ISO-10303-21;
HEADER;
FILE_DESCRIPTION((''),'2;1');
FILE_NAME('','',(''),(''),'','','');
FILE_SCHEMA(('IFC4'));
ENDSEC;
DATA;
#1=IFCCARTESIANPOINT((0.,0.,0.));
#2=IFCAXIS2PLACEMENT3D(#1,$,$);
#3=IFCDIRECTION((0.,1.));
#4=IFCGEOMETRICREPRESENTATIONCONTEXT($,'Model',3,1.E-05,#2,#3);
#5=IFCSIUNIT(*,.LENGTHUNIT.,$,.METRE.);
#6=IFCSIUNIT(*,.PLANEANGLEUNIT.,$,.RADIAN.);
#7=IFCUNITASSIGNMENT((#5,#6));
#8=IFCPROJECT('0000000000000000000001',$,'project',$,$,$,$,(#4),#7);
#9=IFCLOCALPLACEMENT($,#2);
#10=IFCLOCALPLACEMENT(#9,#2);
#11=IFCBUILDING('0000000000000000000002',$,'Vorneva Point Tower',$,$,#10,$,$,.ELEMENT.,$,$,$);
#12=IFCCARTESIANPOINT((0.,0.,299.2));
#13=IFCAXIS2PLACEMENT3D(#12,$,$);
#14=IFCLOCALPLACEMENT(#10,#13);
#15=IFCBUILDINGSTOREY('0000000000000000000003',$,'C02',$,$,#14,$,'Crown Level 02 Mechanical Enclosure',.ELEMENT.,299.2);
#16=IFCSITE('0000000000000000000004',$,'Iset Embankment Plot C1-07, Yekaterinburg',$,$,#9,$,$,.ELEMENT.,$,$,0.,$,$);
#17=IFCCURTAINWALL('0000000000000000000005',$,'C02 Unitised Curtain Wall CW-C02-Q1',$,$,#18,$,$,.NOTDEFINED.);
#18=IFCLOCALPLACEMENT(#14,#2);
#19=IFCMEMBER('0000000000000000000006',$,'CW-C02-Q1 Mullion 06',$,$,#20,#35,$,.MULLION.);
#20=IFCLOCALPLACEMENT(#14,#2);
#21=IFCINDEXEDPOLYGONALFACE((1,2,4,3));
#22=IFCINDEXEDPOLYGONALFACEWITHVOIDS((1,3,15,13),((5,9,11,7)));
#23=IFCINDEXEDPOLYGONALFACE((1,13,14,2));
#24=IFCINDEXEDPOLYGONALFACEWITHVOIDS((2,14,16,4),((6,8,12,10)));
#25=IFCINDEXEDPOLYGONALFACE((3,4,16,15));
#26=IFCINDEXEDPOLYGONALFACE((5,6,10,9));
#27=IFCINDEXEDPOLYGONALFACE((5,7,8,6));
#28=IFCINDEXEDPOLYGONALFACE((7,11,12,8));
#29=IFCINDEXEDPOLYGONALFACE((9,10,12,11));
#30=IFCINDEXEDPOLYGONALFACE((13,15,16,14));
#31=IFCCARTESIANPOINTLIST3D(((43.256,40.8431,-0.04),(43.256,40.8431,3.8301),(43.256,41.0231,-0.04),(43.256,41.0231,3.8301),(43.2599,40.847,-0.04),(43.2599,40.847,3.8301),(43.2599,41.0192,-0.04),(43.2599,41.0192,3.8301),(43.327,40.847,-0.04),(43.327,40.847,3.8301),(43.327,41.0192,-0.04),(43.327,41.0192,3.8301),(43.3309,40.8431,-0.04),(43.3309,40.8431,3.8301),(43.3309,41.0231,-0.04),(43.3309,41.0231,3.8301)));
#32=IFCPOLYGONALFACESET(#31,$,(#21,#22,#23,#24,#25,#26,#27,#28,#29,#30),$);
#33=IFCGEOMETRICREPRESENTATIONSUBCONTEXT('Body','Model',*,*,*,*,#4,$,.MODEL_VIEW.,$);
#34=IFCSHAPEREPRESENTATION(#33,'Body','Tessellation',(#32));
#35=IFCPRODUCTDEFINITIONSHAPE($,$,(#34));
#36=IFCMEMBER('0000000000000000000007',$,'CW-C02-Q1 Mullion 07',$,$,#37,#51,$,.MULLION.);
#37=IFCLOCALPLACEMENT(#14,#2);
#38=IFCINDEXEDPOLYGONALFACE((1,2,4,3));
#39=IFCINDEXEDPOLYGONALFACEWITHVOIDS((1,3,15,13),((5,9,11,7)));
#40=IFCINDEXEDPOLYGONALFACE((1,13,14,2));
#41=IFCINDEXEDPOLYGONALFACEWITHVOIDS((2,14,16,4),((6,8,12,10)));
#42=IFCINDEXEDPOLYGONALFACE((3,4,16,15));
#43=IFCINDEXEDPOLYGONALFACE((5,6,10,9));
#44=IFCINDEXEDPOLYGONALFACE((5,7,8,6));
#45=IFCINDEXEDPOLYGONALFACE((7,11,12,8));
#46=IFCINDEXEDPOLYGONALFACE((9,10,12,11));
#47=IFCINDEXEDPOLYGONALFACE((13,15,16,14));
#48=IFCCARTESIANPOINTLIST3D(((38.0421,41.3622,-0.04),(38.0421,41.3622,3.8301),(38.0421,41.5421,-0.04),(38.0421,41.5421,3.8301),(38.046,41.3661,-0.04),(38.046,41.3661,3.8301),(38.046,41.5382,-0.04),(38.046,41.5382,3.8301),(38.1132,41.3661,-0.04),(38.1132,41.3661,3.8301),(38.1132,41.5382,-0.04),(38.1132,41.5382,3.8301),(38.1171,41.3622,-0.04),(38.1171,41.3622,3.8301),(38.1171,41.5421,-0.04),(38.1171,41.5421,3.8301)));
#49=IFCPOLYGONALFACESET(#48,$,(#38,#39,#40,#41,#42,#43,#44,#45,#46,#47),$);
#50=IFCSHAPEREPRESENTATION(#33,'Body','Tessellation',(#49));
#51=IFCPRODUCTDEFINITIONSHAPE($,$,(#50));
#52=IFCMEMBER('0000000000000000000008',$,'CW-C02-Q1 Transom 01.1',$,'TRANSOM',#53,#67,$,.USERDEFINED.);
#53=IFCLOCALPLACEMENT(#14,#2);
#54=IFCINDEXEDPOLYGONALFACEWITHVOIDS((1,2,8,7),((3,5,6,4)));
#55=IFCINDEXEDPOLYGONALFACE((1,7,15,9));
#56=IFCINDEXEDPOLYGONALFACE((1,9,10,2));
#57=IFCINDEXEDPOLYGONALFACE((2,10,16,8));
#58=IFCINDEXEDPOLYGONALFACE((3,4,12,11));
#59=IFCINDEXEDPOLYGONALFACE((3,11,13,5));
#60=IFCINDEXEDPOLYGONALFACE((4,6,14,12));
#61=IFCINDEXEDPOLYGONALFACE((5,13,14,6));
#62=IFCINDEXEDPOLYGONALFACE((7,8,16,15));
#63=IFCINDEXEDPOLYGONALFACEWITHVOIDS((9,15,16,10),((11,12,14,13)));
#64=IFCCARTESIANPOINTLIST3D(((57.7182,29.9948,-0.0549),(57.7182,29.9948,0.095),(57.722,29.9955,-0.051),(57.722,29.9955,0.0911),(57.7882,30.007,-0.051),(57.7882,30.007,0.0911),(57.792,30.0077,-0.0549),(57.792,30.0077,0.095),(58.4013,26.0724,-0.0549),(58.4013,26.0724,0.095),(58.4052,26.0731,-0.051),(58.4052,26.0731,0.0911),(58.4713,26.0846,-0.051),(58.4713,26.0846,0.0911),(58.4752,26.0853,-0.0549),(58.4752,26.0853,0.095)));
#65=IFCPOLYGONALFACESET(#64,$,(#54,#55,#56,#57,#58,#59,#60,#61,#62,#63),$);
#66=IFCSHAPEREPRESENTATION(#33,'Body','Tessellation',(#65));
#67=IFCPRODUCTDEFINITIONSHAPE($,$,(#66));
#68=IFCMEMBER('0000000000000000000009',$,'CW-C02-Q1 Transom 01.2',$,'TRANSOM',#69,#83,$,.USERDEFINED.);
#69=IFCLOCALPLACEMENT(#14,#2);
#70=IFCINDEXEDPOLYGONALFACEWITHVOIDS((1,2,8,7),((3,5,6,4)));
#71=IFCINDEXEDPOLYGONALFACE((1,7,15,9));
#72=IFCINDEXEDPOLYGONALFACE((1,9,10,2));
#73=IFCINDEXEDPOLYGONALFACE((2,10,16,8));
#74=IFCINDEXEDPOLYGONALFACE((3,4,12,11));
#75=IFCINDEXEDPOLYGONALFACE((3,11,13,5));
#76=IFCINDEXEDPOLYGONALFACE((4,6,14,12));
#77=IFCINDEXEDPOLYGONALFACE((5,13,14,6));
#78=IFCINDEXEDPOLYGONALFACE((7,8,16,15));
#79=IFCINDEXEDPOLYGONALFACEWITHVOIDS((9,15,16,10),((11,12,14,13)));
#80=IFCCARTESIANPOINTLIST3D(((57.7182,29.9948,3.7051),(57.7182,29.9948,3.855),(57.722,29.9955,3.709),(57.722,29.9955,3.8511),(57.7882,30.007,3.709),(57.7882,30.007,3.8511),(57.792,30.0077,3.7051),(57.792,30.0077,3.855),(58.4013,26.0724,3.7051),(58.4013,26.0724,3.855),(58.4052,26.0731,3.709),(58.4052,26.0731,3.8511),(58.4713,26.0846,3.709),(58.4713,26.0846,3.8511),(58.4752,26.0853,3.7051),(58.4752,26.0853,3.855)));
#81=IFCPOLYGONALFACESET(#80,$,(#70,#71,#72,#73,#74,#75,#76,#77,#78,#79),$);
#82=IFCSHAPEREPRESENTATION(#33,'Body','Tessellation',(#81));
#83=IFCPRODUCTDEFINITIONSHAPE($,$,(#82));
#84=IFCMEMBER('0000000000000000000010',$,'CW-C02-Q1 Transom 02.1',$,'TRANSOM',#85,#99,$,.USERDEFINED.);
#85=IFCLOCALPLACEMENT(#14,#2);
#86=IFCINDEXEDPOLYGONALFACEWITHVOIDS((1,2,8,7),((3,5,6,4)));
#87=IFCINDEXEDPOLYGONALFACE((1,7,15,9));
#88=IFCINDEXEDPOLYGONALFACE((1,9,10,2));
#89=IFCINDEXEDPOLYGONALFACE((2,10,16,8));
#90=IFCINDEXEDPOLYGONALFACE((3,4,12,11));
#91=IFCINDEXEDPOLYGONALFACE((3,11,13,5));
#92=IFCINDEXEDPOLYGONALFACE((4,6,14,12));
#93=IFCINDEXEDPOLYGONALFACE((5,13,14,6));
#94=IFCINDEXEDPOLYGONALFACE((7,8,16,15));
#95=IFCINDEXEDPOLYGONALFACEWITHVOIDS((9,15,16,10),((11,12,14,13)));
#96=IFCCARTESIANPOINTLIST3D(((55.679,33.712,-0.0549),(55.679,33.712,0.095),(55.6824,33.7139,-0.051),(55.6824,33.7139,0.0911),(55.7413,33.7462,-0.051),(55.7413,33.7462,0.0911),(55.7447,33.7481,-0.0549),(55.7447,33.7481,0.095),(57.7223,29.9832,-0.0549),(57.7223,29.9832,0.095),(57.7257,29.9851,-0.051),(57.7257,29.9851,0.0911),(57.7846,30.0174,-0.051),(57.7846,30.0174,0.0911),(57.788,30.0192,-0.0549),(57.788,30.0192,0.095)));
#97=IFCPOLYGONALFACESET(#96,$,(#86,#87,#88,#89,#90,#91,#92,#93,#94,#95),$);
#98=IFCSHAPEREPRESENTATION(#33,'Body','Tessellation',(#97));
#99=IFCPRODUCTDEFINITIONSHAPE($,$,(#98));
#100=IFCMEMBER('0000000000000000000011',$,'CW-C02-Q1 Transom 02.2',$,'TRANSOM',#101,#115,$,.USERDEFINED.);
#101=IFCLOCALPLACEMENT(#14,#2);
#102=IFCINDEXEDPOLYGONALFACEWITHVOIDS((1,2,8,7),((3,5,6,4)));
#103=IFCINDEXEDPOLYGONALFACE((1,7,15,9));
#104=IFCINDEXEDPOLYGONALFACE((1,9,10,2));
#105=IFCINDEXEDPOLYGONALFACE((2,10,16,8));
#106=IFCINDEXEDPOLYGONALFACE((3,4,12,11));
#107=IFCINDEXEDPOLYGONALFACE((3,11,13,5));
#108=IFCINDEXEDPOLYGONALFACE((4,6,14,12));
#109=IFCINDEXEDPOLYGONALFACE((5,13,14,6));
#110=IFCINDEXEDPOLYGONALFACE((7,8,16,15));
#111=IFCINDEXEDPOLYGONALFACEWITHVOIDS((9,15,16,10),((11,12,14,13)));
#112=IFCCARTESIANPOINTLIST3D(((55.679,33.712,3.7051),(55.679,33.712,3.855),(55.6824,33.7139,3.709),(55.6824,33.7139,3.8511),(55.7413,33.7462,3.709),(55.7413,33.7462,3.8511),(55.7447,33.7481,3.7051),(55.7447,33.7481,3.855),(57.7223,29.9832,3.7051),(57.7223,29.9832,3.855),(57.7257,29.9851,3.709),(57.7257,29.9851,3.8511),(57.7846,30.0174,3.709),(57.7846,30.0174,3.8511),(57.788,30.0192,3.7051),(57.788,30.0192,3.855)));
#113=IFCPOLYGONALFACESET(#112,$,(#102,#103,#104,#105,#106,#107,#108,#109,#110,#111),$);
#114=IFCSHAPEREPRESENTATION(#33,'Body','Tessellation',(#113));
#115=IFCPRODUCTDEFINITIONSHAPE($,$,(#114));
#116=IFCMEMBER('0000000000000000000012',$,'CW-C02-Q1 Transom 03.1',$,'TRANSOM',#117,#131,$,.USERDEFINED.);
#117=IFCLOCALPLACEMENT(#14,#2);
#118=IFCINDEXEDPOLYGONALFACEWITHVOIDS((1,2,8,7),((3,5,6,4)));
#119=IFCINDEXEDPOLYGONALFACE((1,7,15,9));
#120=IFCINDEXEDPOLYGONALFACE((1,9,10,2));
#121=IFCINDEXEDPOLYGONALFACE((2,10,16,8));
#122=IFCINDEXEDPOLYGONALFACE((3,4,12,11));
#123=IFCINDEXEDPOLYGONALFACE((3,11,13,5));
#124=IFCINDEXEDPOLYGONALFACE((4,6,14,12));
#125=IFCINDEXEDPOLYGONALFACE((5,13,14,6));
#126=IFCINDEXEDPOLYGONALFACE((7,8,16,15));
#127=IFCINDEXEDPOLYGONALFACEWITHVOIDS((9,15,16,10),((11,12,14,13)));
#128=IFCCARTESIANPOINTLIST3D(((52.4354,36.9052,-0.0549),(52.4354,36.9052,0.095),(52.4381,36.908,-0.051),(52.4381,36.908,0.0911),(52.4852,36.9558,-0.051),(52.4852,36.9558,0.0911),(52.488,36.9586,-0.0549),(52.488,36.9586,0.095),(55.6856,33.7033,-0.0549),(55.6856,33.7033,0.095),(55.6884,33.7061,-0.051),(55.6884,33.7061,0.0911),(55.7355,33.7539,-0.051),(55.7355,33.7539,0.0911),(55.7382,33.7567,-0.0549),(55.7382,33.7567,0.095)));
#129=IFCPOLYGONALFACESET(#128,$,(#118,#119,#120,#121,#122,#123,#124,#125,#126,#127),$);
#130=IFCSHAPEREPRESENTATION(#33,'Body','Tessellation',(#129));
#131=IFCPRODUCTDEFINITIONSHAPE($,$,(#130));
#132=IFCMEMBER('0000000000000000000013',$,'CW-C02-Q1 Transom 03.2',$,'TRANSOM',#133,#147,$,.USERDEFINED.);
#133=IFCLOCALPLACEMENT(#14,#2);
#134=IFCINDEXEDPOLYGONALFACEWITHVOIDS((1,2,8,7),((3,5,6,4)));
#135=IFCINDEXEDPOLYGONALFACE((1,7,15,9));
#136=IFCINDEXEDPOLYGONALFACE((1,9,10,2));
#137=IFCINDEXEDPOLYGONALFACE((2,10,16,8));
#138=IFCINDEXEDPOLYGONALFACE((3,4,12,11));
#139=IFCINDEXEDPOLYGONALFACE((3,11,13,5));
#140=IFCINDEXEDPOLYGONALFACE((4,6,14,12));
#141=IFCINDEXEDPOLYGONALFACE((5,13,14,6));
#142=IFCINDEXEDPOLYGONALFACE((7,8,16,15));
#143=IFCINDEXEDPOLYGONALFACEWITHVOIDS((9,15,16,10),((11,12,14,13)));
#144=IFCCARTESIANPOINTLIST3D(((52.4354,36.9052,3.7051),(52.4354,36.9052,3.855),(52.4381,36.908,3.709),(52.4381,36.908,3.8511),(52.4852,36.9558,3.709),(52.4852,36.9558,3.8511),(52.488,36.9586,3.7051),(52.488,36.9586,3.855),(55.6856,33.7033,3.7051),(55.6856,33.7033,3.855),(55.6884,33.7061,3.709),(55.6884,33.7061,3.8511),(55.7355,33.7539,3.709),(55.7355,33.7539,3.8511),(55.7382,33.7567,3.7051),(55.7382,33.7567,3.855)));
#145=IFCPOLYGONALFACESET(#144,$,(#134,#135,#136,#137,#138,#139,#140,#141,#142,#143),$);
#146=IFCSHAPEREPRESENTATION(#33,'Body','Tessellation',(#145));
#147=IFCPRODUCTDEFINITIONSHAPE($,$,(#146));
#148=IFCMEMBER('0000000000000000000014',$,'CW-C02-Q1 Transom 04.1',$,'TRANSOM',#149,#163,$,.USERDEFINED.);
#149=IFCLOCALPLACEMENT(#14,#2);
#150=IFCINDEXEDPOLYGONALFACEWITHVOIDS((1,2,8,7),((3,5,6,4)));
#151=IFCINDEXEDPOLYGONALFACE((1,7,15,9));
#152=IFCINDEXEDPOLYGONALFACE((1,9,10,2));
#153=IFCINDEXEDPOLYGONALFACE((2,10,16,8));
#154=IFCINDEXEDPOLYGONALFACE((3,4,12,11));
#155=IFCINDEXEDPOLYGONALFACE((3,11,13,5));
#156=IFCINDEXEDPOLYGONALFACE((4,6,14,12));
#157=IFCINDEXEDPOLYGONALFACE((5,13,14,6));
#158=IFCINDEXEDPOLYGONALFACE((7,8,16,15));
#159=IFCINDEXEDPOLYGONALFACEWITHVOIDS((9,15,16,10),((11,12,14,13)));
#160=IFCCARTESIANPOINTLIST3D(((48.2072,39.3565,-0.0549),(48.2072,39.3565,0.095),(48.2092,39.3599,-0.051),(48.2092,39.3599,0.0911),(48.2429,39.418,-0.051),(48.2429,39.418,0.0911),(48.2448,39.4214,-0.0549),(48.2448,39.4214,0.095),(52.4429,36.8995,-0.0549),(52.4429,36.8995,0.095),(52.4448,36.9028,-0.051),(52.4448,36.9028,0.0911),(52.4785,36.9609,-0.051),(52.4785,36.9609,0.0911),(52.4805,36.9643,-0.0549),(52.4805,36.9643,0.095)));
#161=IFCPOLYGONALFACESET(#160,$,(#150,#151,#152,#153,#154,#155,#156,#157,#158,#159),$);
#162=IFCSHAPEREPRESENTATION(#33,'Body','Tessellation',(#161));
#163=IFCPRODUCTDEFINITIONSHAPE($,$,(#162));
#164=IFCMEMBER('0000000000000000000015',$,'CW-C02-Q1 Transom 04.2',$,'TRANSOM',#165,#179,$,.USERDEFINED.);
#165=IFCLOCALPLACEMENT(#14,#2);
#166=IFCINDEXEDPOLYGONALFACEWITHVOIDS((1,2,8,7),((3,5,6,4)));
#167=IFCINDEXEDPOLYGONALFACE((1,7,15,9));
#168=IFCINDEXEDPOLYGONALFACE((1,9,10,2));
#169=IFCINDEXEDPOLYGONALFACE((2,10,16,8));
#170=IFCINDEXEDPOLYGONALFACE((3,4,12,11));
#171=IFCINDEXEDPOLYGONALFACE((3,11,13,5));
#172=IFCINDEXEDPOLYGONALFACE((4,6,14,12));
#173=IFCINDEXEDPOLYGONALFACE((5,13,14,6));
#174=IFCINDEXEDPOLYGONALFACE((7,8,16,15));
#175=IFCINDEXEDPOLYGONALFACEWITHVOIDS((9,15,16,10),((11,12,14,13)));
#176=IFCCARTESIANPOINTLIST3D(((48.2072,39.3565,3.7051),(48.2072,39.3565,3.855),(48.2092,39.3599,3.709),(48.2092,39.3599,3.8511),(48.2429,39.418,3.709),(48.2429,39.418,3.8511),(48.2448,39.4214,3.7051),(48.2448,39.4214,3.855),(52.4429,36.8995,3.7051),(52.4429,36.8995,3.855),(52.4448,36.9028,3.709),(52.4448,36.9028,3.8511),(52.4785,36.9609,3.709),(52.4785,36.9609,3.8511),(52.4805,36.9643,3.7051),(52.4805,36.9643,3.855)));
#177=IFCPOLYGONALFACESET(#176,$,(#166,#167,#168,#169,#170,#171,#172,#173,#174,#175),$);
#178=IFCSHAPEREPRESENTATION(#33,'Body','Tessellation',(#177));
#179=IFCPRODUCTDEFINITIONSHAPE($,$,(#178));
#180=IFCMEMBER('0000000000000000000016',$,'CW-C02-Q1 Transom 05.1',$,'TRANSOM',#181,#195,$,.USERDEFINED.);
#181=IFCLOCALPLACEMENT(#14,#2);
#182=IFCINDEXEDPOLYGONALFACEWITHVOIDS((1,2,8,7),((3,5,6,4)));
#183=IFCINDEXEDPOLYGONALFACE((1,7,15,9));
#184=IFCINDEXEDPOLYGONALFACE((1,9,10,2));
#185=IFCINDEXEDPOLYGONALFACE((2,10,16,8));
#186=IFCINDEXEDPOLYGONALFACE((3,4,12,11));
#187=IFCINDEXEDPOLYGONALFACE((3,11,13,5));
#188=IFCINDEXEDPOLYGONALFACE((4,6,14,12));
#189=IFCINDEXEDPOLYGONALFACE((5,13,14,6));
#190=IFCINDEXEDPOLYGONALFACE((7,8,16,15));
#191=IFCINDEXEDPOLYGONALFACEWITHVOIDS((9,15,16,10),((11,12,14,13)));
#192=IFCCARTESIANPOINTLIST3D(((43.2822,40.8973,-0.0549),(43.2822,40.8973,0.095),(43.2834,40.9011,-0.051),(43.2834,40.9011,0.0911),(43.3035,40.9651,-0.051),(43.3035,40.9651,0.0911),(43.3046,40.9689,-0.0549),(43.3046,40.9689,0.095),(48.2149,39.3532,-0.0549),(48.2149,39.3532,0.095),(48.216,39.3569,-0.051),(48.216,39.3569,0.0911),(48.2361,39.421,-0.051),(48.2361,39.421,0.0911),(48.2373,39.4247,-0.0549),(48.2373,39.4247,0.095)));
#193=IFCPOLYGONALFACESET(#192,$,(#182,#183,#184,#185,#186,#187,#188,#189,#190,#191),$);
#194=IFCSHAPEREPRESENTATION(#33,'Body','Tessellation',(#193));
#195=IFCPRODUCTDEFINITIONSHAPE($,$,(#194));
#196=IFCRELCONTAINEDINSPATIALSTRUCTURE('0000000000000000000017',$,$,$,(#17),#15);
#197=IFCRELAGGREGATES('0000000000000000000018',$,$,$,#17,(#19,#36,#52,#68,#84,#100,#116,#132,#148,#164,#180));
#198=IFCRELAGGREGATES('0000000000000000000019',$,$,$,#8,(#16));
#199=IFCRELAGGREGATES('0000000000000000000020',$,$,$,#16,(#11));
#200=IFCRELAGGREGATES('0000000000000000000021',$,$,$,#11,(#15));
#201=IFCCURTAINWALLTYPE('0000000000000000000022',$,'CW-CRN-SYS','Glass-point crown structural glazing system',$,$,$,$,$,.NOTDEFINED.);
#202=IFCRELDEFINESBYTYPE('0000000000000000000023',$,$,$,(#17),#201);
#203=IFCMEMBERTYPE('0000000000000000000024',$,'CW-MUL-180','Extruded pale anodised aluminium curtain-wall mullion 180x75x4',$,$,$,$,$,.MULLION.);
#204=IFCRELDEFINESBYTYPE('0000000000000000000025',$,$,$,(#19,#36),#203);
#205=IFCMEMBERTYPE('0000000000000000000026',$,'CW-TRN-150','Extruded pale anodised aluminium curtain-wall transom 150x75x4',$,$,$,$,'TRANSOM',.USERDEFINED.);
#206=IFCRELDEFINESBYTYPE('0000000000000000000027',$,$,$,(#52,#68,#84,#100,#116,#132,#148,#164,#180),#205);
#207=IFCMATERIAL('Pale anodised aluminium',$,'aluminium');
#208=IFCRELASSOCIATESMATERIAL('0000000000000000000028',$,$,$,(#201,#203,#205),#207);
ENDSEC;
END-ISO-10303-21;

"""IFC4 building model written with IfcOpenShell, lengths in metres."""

from ifc_helpers import new_model, si_unit, direction, frame, origin, origin_2d, place, context, subcontext, project, spatial, hollow_rectangle, extrude, material, material_profile, profile_set, type_object, element, aggregate, save


model = new_model("IFC4")

# Units and contexts
model_context = context("Model", 3, precision=1e-05, world=origin(), true_north=direction((0.0, 1.0)))
body_context = subcontext(model_context, "Body", "Model", "MODEL_VIEW")
ifc_project = project(units=[si_unit("LENGTHUNIT", "METRE"), si_unit("PLANEANGLEUNIT", "RADIAN")], contexts=[model_context])

# Site, building, storey
site_placement = place(None, origin())
site = spatial("IfcSite", under=ifc_project, at=site_placement, Name="Iset Embankment Plot C1-07, Yekaterinburg", CompositionType="ELEMENT", RefElevation=0.0)
building_placement = place(site_placement, origin())
building = spatial("IfcBuilding", under=site, at=building_placement, Name="Vorneva Point Tower", CompositionType="ELEMENT")
storey_placement = place(building_placement, frame((0.0, 0.0, 299.2)))
storey = spatial("IfcBuildingStorey", under=building, at=storey_placement, Name="C02", LongName="Crown Level 02 Mechanical Enclosure", CompositionType="ELEMENT", Elevation=299.2)

# Curtain wall, members
ifc_material_1 = material(Name="Pale anodised aluminium", Category="aluminium")
curtain_wall_type = type_object("IfcCurtainWallType", Name="CW-CRN-SYS", Description="Glass-point crown structural glazing system", PredefinedType="NOTDEFINED", material=ifc_material_1)
curtain_wall_placement = place(storey_placement, origin())
curtain_wall = element("IfcCurtainWall", 1, at=curtain_wall_placement, inside=storey, type_object=curtain_wall_type, Name="C02 Unitised Curtain Wall CW-C02-Q1", PredefinedType="NOTDEFINED")
ifc_material_profile_1 = material_profile(ifc_material_1, hollow_rectangle(XDim=0.075, YDim=0.1799, WallThickness=0.0039, at=origin_2d()), Name="AL-MUL 180x75x4")
ifc_profile_set_1 = profile_set([ifc_material_profile_1], Name="Pale anodised aluminium")
member_type_1 = type_object("IfcMemberType", Name="CW-MUL-180", Description="Extruded pale anodised aluminium curtain-wall mullion 180x75x4", PredefinedType="MULLION", material=ifc_profile_set_1)
member_1_placement = place(storey_placement, frame((43.2935, 40.9331, -0.04), z_axis=(0.0, 0.0, 1.0), x_axis=(1.0, 0.0, 0.0)))
member_1 = element("IfcMember", 2, at=member_1_placement, type_object=member_type_1, Name="CW-C02-Q1 Mullion 06", PredefinedType="MULLION", context=body_context, shape_type="SweptSolid", body=[
    extrude(hollow_rectangle(XDim=0.075, YDim=0.1799, WallThickness=0.0039, at=origin_2d()), origin(), (0.0, 0.0, 1.0), 3.8701),
])
member_2_placement = place(storey_placement, frame((38.0796, 41.4521, -0.04), z_axis=(0.0, 0.0, 1.0), x_axis=(1.0, 0.0, 0.0)))
member_2 = element("IfcMember", 3, at=member_2_placement, type_object=member_type_1, Name="CW-C02-Q1 Mullion 07", PredefinedType="MULLION", context=body_context, shape_type="SweptSolid", body=[
    extrude(hollow_rectangle(XDim=0.075, YDim=0.1799, WallThickness=0.0039, at=origin_2d()), origin(), (0.0, 0.0, 1.0), 3.8701),
])
ifc_material_profile_2 = material_profile(ifc_material_1, hollow_rectangle(XDim=0.075, YDim=0.1499, WallThickness=0.0039, at=origin_2d()), Name="AL-TRN 150x75x4")
ifc_profile_set_2 = profile_set([ifc_material_profile_2], Name="Pale anodised aluminium")
member_type_2 = type_object("IfcMemberType", Name="CW-TRN-150", Description="Extruded pale anodised aluminium curtain-wall transom 150x75x4", ElementType="TRANSOM", PredefinedType="USERDEFINED", material=ifc_profile_set_2)
member_3_placement = place(storey_placement, frame((58.4382, 26.0789, 0.02), z_axis=(-0.171574, 0.985171, 0.0), x_axis=(-0.985171, -0.171574, 0.0)))
member_3 = element("IfcMember", 4, at=member_3_placement, type_object=member_type_2, Name="CW-C02-Q1 Transom 01.1", ObjectType="TRANSOM", PredefinedType="USERDEFINED", context=body_context, shape_type="SweptSolid", body=[
    extrude(hollow_rectangle(XDim=0.075, YDim=0.1499, WallThickness=0.0039, at=origin_2d()), origin(), (0.0, 0.0, 1.0), 3.9814),
])
member_4_placement = place(storey_placement, frame((58.4382, 26.0789, 3.78), z_axis=(-0.171574, 0.985171, 0.0), x_axis=(-0.985171, -0.171574, 0.0)))
member_4 = element("IfcMember", 5, at=member_4_placement, type_object=member_type_2, Name="CW-C02-Q1 Transom 01.2", ObjectType="TRANSOM", PredefinedType="USERDEFINED", context=body_context, shape_type="SweptSolid", body=[
    extrude(hollow_rectangle(XDim=0.075, YDim=0.1499, WallThickness=0.0039, at=origin_2d()), origin(), (0.0, 0.0, 1.0), 3.9814),
])
member_5_placement = place(storey_placement, frame((57.7551, 30.0012, 0.02), z_axis=(-0.480545, 0.87697, 0.0), x_axis=(-0.87697, -0.480545, 0.0)))
member_5 = element("IfcMember", 6, at=member_5_placement, type_object=member_type_2, Name="CW-C02-Q1 Transom 02.1", ObjectType="TRANSOM", PredefinedType="USERDEFINED", context=body_context, shape_type="SweptSolid", body=[
    extrude(hollow_rectangle(XDim=0.075, YDim=0.1499, WallThickness=0.0039, at=origin_2d()), origin(), (0.0, 0.0, 1.0), 4.252),
])
member_6_placement = place(storey_placement, frame((57.7551, 30.0012, 3.78), z_axis=(-0.480545, 0.87697, 0.0), x_axis=(-0.87697, -0.480545, 0.0)))
member_6 = element("IfcMember", 7, at=member_6_placement, type_object=member_type_2, Name="CW-C02-Q1 Transom 02.2", ObjectType="TRANSOM", PredefinedType="USERDEFINED", context=body_context, shape_type="SweptSolid", body=[
    extrude(hollow_rectangle(XDim=0.075, YDim=0.1499, WallThickness=0.0039, at=origin_2d()), origin(), (0.0, 0.0, 1.0), 4.252),
])
member_7_placement = place(storey_placement, frame((55.7119, 33.73, 0.02), z_axis=(-0.712384, 0.701789, 0.0), x_axis=(-0.701789, -0.712384, 0.0)))
member_7 = element("IfcMember", 8, at=member_7_placement, type_object=member_type_2, Name="CW-C02-Q1 Transom 03.1", ObjectType="TRANSOM", PredefinedType="USERDEFINED", context=body_context, shape_type="SweptSolid", body=[
    extrude(hollow_rectangle(XDim=0.075, YDim=0.1499, WallThickness=0.0039, at=origin_2d()), origin(), (0.0, 0.0, 1.0), 4.5625),
])
member_8_placement = place(storey_placement, frame((55.7119, 33.73, 3.78), z_axis=(-0.712384, 0.701789, 0.0), x_axis=(-0.701789, -0.712384, 0.0)))
member_8 = element("IfcMember", 9, at=member_8_placement, type_object=member_type_2, Name="CW-C02-Q1 Transom 03.2", ObjectType="TRANSOM", PredefinedType="USERDEFINED", context=body_context, shape_type="SweptSolid", body=[
    extrude(hollow_rectangle(XDim=0.075, YDim=0.1499, WallThickness=0.0039, at=origin_2d()), origin(), (0.0, 0.0, 1.0), 4.5625),
])
member_9_placement = place(storey_placement, frame((52.4617, 36.9319, 0.02), z_axis=(-0.864997, 0.501777, 0.0), x_axis=(-0.501777, -0.864997, 0.0)))
member_9 = element("IfcMember", 10, at=member_9_placement, type_object=member_type_2, Name="CW-C02-Q1 Transom 04.1", ObjectType="TRANSOM", PredefinedType="USERDEFINED", context=body_context, shape_type="SweptSolid", body=[
    extrude(hollow_rectangle(XDim=0.075, YDim=0.1499, WallThickness=0.0039, at=origin_2d()), origin(), (0.0, 0.0, 1.0), 4.8967),
])
member_10_placement = place(storey_placement, frame((52.4617, 36.9319, 3.78), z_axis=(-0.864997, 0.501777, 0.0), x_axis=(-0.501777, -0.864997, 0.0)))
member_10 = element("IfcMember", 11, at=member_10_placement, type_object=member_type_2, Name="CW-C02-Q1 Transom 04.2", ObjectType="TRANSOM", PredefinedType="USERDEFINED", context=body_context, shape_type="SweptSolid", body=[
    extrude(hollow_rectangle(XDim=0.075, YDim=0.1499, WallThickness=0.0039, at=origin_2d()), origin(), (0.0, 0.0, 1.0), 4.8967),
])
member_11_placement = place(storey_placement, frame((48.2261, 39.3889, 0.02), z_axis=(-0.954329, 0.298759, 0.0), x_axis=(-0.298759, -0.954329, 0.0)))
member_11 = element("IfcMember", 12, at=member_11_placement, type_object=member_type_2, Name="CW-C02-Q1 Transom 05.1", ObjectType="TRANSOM", PredefinedType="USERDEFINED", context=body_context, shape_type="SweptSolid", body=[
    extrude(hollow_rectangle(XDim=0.075, YDim=0.1499, WallThickness=0.0039, at=origin_2d()), origin(), (0.0, 0.0, 1.0), 5.1687),
])

aggregate(curtain_wall, [member_1, member_2, member_3, member_4, member_5, member_6, member_7, member_8, member_9, member_10, member_11])

save(model, "model.ifc")
